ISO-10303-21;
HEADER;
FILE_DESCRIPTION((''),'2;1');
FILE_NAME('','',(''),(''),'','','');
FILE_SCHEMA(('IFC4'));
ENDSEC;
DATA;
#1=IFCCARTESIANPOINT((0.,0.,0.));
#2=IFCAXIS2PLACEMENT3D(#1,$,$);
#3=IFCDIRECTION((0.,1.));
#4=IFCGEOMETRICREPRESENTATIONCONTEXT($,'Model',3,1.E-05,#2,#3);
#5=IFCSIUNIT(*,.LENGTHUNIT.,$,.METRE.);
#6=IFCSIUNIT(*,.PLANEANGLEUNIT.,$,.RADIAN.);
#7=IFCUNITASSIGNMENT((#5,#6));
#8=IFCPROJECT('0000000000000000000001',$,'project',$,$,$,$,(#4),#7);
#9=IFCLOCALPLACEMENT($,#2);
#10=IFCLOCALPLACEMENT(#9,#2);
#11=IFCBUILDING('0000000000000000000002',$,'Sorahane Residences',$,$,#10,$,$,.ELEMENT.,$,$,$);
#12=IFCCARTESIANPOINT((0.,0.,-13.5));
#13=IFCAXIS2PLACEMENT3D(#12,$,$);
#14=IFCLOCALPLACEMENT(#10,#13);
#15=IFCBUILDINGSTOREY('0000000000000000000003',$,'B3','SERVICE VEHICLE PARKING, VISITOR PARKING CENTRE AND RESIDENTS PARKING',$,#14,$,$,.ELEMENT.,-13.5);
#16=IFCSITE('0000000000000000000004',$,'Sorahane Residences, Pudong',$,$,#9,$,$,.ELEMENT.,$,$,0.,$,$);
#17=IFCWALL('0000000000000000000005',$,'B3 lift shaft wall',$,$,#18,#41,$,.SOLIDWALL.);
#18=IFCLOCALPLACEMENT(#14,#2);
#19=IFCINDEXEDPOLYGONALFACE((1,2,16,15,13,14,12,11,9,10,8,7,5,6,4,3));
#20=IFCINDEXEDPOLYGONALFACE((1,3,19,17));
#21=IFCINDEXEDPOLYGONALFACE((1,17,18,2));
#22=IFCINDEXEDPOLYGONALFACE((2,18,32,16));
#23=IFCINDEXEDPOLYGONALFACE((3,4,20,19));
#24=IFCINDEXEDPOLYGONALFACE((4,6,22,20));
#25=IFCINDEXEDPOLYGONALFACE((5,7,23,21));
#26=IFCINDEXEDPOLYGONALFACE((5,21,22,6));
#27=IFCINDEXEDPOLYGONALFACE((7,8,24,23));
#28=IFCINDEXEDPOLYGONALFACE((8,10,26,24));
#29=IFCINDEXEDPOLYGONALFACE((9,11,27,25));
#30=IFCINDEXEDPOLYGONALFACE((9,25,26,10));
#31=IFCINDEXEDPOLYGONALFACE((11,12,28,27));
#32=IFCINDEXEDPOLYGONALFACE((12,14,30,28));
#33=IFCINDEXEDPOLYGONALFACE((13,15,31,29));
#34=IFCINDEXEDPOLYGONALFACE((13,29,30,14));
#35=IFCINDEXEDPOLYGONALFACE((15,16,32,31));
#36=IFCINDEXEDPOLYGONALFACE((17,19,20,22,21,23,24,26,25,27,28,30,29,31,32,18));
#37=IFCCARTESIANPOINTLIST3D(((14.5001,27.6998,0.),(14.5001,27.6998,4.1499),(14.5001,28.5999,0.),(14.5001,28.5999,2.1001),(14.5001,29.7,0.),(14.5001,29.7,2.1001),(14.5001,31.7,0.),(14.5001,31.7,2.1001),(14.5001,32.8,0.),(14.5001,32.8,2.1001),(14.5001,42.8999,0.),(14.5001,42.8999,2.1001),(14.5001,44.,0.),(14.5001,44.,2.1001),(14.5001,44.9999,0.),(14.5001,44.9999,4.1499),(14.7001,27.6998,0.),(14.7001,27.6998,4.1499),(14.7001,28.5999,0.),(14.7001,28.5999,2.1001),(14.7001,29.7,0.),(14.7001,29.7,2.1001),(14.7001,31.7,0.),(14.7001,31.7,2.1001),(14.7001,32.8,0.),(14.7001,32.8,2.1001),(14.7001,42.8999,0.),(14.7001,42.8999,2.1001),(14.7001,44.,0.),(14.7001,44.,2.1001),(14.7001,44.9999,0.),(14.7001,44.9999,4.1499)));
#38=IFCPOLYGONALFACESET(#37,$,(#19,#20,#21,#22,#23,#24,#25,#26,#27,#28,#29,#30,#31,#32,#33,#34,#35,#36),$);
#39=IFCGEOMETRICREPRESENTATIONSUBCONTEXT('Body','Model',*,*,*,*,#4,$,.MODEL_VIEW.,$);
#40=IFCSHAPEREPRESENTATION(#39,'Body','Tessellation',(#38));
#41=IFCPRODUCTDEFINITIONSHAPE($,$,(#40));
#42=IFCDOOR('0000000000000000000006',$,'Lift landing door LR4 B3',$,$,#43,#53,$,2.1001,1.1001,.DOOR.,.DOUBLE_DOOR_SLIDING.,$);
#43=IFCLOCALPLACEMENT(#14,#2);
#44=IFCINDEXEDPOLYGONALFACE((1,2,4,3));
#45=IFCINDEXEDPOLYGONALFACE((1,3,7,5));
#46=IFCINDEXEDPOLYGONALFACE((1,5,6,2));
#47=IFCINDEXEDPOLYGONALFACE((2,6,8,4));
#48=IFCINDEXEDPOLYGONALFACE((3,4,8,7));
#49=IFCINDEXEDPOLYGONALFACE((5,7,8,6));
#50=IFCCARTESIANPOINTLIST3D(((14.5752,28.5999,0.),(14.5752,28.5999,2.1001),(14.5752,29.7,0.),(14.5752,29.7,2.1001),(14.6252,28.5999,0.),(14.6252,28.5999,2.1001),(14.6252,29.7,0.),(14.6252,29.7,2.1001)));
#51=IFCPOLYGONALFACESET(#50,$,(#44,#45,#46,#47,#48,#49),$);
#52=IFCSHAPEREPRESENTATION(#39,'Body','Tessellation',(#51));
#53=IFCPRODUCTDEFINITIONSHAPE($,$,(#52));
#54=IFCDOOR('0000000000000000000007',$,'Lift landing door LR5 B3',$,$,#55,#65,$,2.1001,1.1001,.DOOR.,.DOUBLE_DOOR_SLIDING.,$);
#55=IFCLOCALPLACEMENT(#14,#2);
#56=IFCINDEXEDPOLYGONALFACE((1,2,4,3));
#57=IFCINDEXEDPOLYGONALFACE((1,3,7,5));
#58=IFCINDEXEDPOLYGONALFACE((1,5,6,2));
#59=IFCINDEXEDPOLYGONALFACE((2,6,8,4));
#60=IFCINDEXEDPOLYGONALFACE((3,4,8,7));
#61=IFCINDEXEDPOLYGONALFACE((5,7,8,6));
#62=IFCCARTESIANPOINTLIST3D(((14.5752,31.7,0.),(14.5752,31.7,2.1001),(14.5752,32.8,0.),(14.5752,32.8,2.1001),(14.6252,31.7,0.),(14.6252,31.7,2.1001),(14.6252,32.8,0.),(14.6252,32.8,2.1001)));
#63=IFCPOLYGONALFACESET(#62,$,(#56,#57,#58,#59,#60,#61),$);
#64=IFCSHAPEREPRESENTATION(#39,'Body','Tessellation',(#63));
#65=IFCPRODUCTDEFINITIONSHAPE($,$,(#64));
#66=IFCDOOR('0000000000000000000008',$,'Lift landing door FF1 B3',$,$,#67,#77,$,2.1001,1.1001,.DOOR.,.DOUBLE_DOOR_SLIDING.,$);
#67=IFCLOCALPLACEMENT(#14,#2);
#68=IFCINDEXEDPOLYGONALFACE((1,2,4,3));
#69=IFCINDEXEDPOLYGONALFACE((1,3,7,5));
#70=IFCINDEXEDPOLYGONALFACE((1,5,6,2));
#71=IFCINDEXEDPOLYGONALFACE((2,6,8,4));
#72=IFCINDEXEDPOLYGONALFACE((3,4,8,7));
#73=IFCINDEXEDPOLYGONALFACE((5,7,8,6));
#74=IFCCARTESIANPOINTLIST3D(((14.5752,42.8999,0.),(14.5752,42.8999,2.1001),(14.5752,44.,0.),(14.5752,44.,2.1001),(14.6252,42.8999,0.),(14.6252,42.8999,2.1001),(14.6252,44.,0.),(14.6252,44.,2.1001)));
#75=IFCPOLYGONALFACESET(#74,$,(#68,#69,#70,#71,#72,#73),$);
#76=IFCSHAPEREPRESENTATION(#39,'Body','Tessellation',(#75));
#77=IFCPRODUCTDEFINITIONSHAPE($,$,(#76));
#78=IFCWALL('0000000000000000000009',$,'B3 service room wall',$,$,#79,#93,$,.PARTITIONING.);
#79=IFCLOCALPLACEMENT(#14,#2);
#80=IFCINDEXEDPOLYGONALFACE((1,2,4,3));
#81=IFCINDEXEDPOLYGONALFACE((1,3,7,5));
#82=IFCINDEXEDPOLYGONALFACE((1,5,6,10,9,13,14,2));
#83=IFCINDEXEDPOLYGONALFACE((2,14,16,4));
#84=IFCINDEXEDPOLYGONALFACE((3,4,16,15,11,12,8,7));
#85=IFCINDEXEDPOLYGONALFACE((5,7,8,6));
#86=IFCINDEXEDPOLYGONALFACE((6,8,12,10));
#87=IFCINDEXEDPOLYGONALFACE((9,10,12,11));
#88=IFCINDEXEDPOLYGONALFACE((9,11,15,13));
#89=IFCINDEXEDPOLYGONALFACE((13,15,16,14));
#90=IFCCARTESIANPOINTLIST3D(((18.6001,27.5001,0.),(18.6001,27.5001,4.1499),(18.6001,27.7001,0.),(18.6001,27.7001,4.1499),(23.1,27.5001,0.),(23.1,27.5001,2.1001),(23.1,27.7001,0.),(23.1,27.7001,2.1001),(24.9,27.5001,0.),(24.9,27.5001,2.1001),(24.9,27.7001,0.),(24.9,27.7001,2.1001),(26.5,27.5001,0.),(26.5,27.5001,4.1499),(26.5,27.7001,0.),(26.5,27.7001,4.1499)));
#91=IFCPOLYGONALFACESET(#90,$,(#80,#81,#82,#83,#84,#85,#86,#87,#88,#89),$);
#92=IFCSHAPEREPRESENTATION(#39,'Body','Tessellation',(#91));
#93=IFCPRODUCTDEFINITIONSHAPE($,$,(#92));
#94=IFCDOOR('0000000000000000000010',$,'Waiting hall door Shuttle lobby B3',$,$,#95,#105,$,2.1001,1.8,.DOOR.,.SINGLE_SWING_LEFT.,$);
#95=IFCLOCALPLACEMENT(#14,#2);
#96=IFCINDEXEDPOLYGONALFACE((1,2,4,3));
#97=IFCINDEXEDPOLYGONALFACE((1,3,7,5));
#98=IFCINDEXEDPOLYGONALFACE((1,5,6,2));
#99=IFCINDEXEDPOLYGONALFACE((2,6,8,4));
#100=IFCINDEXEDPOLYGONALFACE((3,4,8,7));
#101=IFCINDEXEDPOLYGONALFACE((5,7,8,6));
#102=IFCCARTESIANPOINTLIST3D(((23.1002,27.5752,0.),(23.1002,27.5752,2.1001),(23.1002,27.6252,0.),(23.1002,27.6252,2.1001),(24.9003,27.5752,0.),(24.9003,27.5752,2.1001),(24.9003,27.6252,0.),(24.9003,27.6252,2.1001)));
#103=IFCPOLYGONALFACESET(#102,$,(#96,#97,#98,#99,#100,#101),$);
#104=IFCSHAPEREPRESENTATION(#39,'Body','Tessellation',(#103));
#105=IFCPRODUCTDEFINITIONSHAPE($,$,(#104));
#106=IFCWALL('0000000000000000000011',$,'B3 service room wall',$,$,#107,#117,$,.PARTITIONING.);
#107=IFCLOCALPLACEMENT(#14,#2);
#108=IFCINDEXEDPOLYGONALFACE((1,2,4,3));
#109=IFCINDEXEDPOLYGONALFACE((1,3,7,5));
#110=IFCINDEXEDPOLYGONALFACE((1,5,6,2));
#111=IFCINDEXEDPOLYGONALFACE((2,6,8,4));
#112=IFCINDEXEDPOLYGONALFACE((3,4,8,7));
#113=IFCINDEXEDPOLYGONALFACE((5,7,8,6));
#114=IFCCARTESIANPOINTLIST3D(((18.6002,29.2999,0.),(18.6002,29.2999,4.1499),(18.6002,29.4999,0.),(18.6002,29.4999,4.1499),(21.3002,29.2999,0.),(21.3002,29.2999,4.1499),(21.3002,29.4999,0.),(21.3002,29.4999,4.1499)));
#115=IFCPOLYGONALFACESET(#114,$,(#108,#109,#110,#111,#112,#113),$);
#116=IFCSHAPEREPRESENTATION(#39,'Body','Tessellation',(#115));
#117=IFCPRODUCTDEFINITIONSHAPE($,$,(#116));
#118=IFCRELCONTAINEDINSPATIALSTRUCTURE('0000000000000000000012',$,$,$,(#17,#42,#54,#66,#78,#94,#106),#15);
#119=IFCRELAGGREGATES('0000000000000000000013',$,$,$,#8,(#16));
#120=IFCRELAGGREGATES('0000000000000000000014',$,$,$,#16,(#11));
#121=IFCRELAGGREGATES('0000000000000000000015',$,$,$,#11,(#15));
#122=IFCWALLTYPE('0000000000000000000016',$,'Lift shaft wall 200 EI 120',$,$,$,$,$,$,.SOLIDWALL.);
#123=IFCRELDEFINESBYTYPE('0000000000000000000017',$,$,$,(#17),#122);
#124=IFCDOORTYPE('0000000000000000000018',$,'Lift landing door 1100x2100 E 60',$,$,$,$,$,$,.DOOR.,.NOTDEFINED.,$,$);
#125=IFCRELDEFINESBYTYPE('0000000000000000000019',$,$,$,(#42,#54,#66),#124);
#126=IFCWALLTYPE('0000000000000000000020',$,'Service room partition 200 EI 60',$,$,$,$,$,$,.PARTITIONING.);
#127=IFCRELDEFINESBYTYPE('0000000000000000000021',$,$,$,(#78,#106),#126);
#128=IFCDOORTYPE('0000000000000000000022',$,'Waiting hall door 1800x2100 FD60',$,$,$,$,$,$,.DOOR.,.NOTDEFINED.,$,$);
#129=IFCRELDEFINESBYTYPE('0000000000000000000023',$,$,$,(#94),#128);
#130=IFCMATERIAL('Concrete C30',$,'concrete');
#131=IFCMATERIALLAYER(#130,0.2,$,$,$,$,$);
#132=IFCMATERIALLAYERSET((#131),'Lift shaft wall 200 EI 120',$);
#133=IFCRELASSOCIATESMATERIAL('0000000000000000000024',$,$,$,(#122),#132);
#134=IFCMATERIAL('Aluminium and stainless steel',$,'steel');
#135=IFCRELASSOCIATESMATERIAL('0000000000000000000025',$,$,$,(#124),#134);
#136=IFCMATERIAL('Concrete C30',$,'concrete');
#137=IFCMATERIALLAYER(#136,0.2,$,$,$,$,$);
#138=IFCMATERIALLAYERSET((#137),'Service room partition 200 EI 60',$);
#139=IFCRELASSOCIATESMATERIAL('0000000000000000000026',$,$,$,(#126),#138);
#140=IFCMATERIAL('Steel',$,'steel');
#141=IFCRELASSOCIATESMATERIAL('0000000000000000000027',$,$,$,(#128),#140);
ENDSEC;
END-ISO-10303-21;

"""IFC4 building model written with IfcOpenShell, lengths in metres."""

from ifc_helpers import new_model, si_unit, direction, frame, frame_2d, origin, place, context, subcontext, project, spatial, rectangle, extrude, material, layer, layer_set, type_object, element, fill, save


model = new_model("IFC4")

# Units and contexts
model_context = context("Model", 3, precision=1e-05, world=origin(), true_north=direction((0.0, 1.0)))
body_context = subcontext(model_context, "Body", "Model", "MODEL_VIEW")
ifc_project = project(units=[si_unit("LENGTHUNIT", "METRE"), si_unit("PLANEANGLEUNIT", "RADIAN")], contexts=[model_context])

# Site, building, storey
site_placement = place(None, origin())
site = spatial("IfcSite", under=ifc_project, at=site_placement, Name="Sorahane Residences, Pudong", CompositionType="ELEMENT", RefElevation=0.0)
building_placement = place(site_placement, origin())
building = spatial("IfcBuilding", under=site, at=building_placement, Name="Sorahane Residences", CompositionType="ELEMENT")
storey_placement = place(building_placement, frame((0.0, 0.0, -13.5)))
storey = spatial("IfcBuildingStorey", under=building, at=storey_placement, Name="B3", Description="SERVICE VEHICLE PARKING, VISITOR PARKING CENTRE AND RESIDENTS PARKING", CompositionType="ELEMENT", Elevation=-13.5)

# Wall, openings, doors
ifc_material_1 = material(Name="Concrete C30", Category="concrete")
ifc_layer_1 = layer(ifc_material_1, 0.2)
ifc_layer_set_1 = layer_set([ifc_layer_1], Name="Lift shaft wall 200 EI 120")
wall_type_1 = type_object("IfcWallType", Name="Lift shaft wall 200 EI 120", PredefinedType="SOLIDWALL", material=ifc_layer_set_1)
wall_1_placement = place(storey_placement, frame((14.6001, 27.7, 0.0), z_axis=(0.0, 0.0, 1.0), x_axis=(0.0, 1.0, 0.0)))
wall_1 = element("IfcWall", 1, at=wall_1_placement, inside=storey, type_object=wall_type_1, Name="B3 lift shaft wall", PredefinedType="SOLIDWALL", context=body_context, shape_type="SweptSolid", body=[
    extrude(rectangle(XDim=17.3, YDim=0.2, at=frame_2d((8.6499, 0.0))), origin(), (0.0, 0.0, 1.0), 4.1499),
])
opening_1_placement = place(wall_1_placement, frame((0.8999, 0.0, 0.0)))
opening_1 = element("IfcOpeningElement", 2, at=opening_1_placement, cuts=wall_1, PredefinedType="OPENING", context=body_context, shape_type="SweptSolid", body=[
    extrude(rectangle(XDim=1.1001, YDim=2.1001, at=frame_2d((0.55, 1.05))), frame((0.0, 0.1099, 0.0), z_axis=(0.0, -1.0, 0.0), x_axis=(1.0, 0.0, 0.0)), (0.0, 0.0, 1.0), 0.22),
])
opening_2_placement = place(wall_1_placement, frame((4.0, 0.0, 0.0)))
opening_2 = element("IfcOpeningElement", 3, at=opening_2_placement, cuts=wall_1, PredefinedType="OPENING", context=body_context, shape_type="SweptSolid", body=[
    extrude(rectangle(XDim=1.1001, YDim=2.1001, at=frame_2d((0.55, 1.05))), frame((0.0, 0.1099, 0.0), z_axis=(0.0, -1.0, 0.0), x_axis=(1.0, 0.0, 0.0)), (0.0, 0.0, 1.0), 0.22),
])
opening_3_placement = place(wall_1_placement, frame((15.2, 0.0, 0.0)))
opening_3 = element("IfcOpeningElement", 4, at=opening_3_placement, cuts=wall_1, PredefinedType="OPENING", context=body_context, shape_type="SweptSolid", body=[
    extrude(rectangle(XDim=1.1001, YDim=2.1001, at=frame_2d((0.55, 1.05))), frame((0.0, 0.1099, 0.0), z_axis=(0.0, -1.0, 0.0), x_axis=(1.0, 0.0, 0.0)), (0.0, 0.0, 1.0), 0.22),
])
ifc_material_2 = material(Name="Aluminium and stainless steel", Category="steel")
door_type_1 = type_object("IfcDoorType", Name="Lift landing door 1100x2100 E 60", OperationType="NOTDEFINED", PredefinedType="DOOR", material=ifc_material_2)
door_1_placement = place(opening_1_placement, origin())
door_1 = element("IfcDoor", 5, at=door_1_placement, inside=storey, type_object=door_type_1, Name="Lift landing door LR4 B3", OperationType="DOUBLE_DOOR_SLIDING", OverallHeight=2.1001, OverallWidth=1.1001, PredefinedType="DOOR", context=body_context, shape_type="SweptSolid", body=[
    extrude(rectangle(XDim=1.1001, YDim=2.1001, at=frame_2d((0.55, 1.05))), frame((0.0, 0.0249, 0.0), z_axis=(0.0, -1.0, 0.0), x_axis=(1.0, 0.0, 0.0)), (0.0, 0.0, 1.0), 0.05),
])
fill(opening_1, door_1)
door_2_placement = place(opening_2_placement, origin())
door_2 = element("IfcDoor", 6, at=door_2_placement, inside=storey, type_object=door_type_1, Name="Lift landing door LR5 B3", OperationType="DOUBLE_DOOR_SLIDING", OverallHeight=2.1001, OverallWidth=1.1001, PredefinedType="DOOR", context=body_context, shape_type="SweptSolid", body=[
    extrude(rectangle(XDim=1.1001, YDim=2.1001, at=frame_2d((0.55, 1.05))), frame((0.0, 0.0249, 0.0), z_axis=(0.0, -1.0, 0.0), x_axis=(1.0, 0.0, 0.0)), (0.0, 0.0, 1.0), 0.05),
])
fill(opening_2, door_2)
door_3_placement = place(opening_3_placement, origin())
door_3 = element("IfcDoor", 7, at=door_3_placement, inside=storey, type_object=door_type_1, Name="Lift landing door FF1 B3", OperationType="DOUBLE_DOOR_SLIDING", OverallHeight=2.1001, OverallWidth=1.1001, PredefinedType="DOOR", context=body_context, shape_type="SweptSolid", body=[
    extrude(rectangle(XDim=1.1001, YDim=2.1001, at=frame_2d((0.55, 1.05))), frame((0.0, 0.0249, 0.0), z_axis=(0.0, -1.0, 0.0), x_axis=(1.0, 0.0, 0.0)), (0.0, 0.0, 1.0), 0.05),
])
fill(opening_3, door_3)

# Wall, opening, door
ifc_material_3 = material(Name="Concrete C30", Category="concrete")
ifc_layer_2 = layer(ifc_material_3, 0.2)
ifc_layer_set_2 = layer_set([ifc_layer_2], Name="Service room partition 200 EI 60")
wall_type_2 = type_object("IfcWallType", Name="Service room partition 200 EI 60", PredefinedType="PARTITIONING", material=ifc_layer_set_2)
wall_2_placement = place(storey_placement, frame((18.6001, 27.6001, 0.0), z_axis=(0.0, 0.0, 1.0), x_axis=(1.0, 0.0, 0.0)))
wall_2 = element("IfcWall", 8, at=wall_2_placement, inside=storey, type_object=wall_type_2, Name="B3 service room wall", PredefinedType="PARTITIONING", context=body_context, shape_type="SweptSolid", body=[
    extrude(rectangle(XDim=7.8999, YDim=0.2, at=frame_2d((3.95, 0.0))), origin(), (0.0, 0.0, 1.0), 4.1499),
])
opening_4_placement = place(wall_2_placement, frame((4.5, 0.0, 0.0)))
opening_4 = element("IfcOpeningElement", 9, at=opening_4_placement, cuts=wall_2, PredefinedType="OPENING", context=body_context, shape_type="SweptSolid", body=[
    extrude(rectangle(XDim=1.8, YDim=2.1001, at=frame_2d((0.8999, 1.05))), frame((0.0, 0.1099, 0.0), z_axis=(0.0, -1.0, 0.0), x_axis=(1.0, 0.0, 0.0)), (0.0, 0.0, 1.0), 0.22),
])
ifc_material_4 = material(Name="Steel", Category="steel")
door_type_2 = type_object("IfcDoorType", Name="Waiting hall door 1800x2100 FD60", OperationType="NOTDEFINED", PredefinedType="DOOR", material=ifc_material_4)
door_4_placement = place(opening_4_placement, frame((1.8, 0.0, 0.0), z_axis=(0.0, 0.0, 1.0), x_axis=(-1.0, 0.0, 0.0)))
door_4 = element("IfcDoor", 10, at=door_4_placement, inside=storey, type_object=door_type_2, Name="Waiting hall door Shuttle lobby B3", OperationType="SINGLE_SWING_LEFT", OverallHeight=2.1001, OverallWidth=1.8, PredefinedType="DOOR", context=body_context, shape_type="SweptSolid", body=[
    extrude(rectangle(XDim=1.8, YDim=2.1001, at=frame_2d((0.8999, 1.05))), frame((0.0, 0.0249, 0.0), z_axis=(0.0, -1.0, 0.0), x_axis=(1.0, 0.0, 0.0)), (0.0, 0.0, 1.0), 0.05),
])
fill(opening_4, door_4)

# Wall
wall_3_placement = place(storey_placement, frame((18.6001, 29.3999, 0.0), z_axis=(0.0, 0.0, 1.0), x_axis=(1.0, 0.0, 0.0)))
element("IfcWall", 11, at=wall_3_placement, inside=storey, type_object=wall_type_2, Name="B3 service room wall", PredefinedType="PARTITIONING", context=body_context, shape_type="SweptSolid", body=[
    extrude(rectangle(XDim=2.7, YDim=0.2, at=frame_2d((1.3501, 0.0))), origin(), (0.0, 0.0, 1.0), 4.1499),
])

save(model, "model.ifc")
